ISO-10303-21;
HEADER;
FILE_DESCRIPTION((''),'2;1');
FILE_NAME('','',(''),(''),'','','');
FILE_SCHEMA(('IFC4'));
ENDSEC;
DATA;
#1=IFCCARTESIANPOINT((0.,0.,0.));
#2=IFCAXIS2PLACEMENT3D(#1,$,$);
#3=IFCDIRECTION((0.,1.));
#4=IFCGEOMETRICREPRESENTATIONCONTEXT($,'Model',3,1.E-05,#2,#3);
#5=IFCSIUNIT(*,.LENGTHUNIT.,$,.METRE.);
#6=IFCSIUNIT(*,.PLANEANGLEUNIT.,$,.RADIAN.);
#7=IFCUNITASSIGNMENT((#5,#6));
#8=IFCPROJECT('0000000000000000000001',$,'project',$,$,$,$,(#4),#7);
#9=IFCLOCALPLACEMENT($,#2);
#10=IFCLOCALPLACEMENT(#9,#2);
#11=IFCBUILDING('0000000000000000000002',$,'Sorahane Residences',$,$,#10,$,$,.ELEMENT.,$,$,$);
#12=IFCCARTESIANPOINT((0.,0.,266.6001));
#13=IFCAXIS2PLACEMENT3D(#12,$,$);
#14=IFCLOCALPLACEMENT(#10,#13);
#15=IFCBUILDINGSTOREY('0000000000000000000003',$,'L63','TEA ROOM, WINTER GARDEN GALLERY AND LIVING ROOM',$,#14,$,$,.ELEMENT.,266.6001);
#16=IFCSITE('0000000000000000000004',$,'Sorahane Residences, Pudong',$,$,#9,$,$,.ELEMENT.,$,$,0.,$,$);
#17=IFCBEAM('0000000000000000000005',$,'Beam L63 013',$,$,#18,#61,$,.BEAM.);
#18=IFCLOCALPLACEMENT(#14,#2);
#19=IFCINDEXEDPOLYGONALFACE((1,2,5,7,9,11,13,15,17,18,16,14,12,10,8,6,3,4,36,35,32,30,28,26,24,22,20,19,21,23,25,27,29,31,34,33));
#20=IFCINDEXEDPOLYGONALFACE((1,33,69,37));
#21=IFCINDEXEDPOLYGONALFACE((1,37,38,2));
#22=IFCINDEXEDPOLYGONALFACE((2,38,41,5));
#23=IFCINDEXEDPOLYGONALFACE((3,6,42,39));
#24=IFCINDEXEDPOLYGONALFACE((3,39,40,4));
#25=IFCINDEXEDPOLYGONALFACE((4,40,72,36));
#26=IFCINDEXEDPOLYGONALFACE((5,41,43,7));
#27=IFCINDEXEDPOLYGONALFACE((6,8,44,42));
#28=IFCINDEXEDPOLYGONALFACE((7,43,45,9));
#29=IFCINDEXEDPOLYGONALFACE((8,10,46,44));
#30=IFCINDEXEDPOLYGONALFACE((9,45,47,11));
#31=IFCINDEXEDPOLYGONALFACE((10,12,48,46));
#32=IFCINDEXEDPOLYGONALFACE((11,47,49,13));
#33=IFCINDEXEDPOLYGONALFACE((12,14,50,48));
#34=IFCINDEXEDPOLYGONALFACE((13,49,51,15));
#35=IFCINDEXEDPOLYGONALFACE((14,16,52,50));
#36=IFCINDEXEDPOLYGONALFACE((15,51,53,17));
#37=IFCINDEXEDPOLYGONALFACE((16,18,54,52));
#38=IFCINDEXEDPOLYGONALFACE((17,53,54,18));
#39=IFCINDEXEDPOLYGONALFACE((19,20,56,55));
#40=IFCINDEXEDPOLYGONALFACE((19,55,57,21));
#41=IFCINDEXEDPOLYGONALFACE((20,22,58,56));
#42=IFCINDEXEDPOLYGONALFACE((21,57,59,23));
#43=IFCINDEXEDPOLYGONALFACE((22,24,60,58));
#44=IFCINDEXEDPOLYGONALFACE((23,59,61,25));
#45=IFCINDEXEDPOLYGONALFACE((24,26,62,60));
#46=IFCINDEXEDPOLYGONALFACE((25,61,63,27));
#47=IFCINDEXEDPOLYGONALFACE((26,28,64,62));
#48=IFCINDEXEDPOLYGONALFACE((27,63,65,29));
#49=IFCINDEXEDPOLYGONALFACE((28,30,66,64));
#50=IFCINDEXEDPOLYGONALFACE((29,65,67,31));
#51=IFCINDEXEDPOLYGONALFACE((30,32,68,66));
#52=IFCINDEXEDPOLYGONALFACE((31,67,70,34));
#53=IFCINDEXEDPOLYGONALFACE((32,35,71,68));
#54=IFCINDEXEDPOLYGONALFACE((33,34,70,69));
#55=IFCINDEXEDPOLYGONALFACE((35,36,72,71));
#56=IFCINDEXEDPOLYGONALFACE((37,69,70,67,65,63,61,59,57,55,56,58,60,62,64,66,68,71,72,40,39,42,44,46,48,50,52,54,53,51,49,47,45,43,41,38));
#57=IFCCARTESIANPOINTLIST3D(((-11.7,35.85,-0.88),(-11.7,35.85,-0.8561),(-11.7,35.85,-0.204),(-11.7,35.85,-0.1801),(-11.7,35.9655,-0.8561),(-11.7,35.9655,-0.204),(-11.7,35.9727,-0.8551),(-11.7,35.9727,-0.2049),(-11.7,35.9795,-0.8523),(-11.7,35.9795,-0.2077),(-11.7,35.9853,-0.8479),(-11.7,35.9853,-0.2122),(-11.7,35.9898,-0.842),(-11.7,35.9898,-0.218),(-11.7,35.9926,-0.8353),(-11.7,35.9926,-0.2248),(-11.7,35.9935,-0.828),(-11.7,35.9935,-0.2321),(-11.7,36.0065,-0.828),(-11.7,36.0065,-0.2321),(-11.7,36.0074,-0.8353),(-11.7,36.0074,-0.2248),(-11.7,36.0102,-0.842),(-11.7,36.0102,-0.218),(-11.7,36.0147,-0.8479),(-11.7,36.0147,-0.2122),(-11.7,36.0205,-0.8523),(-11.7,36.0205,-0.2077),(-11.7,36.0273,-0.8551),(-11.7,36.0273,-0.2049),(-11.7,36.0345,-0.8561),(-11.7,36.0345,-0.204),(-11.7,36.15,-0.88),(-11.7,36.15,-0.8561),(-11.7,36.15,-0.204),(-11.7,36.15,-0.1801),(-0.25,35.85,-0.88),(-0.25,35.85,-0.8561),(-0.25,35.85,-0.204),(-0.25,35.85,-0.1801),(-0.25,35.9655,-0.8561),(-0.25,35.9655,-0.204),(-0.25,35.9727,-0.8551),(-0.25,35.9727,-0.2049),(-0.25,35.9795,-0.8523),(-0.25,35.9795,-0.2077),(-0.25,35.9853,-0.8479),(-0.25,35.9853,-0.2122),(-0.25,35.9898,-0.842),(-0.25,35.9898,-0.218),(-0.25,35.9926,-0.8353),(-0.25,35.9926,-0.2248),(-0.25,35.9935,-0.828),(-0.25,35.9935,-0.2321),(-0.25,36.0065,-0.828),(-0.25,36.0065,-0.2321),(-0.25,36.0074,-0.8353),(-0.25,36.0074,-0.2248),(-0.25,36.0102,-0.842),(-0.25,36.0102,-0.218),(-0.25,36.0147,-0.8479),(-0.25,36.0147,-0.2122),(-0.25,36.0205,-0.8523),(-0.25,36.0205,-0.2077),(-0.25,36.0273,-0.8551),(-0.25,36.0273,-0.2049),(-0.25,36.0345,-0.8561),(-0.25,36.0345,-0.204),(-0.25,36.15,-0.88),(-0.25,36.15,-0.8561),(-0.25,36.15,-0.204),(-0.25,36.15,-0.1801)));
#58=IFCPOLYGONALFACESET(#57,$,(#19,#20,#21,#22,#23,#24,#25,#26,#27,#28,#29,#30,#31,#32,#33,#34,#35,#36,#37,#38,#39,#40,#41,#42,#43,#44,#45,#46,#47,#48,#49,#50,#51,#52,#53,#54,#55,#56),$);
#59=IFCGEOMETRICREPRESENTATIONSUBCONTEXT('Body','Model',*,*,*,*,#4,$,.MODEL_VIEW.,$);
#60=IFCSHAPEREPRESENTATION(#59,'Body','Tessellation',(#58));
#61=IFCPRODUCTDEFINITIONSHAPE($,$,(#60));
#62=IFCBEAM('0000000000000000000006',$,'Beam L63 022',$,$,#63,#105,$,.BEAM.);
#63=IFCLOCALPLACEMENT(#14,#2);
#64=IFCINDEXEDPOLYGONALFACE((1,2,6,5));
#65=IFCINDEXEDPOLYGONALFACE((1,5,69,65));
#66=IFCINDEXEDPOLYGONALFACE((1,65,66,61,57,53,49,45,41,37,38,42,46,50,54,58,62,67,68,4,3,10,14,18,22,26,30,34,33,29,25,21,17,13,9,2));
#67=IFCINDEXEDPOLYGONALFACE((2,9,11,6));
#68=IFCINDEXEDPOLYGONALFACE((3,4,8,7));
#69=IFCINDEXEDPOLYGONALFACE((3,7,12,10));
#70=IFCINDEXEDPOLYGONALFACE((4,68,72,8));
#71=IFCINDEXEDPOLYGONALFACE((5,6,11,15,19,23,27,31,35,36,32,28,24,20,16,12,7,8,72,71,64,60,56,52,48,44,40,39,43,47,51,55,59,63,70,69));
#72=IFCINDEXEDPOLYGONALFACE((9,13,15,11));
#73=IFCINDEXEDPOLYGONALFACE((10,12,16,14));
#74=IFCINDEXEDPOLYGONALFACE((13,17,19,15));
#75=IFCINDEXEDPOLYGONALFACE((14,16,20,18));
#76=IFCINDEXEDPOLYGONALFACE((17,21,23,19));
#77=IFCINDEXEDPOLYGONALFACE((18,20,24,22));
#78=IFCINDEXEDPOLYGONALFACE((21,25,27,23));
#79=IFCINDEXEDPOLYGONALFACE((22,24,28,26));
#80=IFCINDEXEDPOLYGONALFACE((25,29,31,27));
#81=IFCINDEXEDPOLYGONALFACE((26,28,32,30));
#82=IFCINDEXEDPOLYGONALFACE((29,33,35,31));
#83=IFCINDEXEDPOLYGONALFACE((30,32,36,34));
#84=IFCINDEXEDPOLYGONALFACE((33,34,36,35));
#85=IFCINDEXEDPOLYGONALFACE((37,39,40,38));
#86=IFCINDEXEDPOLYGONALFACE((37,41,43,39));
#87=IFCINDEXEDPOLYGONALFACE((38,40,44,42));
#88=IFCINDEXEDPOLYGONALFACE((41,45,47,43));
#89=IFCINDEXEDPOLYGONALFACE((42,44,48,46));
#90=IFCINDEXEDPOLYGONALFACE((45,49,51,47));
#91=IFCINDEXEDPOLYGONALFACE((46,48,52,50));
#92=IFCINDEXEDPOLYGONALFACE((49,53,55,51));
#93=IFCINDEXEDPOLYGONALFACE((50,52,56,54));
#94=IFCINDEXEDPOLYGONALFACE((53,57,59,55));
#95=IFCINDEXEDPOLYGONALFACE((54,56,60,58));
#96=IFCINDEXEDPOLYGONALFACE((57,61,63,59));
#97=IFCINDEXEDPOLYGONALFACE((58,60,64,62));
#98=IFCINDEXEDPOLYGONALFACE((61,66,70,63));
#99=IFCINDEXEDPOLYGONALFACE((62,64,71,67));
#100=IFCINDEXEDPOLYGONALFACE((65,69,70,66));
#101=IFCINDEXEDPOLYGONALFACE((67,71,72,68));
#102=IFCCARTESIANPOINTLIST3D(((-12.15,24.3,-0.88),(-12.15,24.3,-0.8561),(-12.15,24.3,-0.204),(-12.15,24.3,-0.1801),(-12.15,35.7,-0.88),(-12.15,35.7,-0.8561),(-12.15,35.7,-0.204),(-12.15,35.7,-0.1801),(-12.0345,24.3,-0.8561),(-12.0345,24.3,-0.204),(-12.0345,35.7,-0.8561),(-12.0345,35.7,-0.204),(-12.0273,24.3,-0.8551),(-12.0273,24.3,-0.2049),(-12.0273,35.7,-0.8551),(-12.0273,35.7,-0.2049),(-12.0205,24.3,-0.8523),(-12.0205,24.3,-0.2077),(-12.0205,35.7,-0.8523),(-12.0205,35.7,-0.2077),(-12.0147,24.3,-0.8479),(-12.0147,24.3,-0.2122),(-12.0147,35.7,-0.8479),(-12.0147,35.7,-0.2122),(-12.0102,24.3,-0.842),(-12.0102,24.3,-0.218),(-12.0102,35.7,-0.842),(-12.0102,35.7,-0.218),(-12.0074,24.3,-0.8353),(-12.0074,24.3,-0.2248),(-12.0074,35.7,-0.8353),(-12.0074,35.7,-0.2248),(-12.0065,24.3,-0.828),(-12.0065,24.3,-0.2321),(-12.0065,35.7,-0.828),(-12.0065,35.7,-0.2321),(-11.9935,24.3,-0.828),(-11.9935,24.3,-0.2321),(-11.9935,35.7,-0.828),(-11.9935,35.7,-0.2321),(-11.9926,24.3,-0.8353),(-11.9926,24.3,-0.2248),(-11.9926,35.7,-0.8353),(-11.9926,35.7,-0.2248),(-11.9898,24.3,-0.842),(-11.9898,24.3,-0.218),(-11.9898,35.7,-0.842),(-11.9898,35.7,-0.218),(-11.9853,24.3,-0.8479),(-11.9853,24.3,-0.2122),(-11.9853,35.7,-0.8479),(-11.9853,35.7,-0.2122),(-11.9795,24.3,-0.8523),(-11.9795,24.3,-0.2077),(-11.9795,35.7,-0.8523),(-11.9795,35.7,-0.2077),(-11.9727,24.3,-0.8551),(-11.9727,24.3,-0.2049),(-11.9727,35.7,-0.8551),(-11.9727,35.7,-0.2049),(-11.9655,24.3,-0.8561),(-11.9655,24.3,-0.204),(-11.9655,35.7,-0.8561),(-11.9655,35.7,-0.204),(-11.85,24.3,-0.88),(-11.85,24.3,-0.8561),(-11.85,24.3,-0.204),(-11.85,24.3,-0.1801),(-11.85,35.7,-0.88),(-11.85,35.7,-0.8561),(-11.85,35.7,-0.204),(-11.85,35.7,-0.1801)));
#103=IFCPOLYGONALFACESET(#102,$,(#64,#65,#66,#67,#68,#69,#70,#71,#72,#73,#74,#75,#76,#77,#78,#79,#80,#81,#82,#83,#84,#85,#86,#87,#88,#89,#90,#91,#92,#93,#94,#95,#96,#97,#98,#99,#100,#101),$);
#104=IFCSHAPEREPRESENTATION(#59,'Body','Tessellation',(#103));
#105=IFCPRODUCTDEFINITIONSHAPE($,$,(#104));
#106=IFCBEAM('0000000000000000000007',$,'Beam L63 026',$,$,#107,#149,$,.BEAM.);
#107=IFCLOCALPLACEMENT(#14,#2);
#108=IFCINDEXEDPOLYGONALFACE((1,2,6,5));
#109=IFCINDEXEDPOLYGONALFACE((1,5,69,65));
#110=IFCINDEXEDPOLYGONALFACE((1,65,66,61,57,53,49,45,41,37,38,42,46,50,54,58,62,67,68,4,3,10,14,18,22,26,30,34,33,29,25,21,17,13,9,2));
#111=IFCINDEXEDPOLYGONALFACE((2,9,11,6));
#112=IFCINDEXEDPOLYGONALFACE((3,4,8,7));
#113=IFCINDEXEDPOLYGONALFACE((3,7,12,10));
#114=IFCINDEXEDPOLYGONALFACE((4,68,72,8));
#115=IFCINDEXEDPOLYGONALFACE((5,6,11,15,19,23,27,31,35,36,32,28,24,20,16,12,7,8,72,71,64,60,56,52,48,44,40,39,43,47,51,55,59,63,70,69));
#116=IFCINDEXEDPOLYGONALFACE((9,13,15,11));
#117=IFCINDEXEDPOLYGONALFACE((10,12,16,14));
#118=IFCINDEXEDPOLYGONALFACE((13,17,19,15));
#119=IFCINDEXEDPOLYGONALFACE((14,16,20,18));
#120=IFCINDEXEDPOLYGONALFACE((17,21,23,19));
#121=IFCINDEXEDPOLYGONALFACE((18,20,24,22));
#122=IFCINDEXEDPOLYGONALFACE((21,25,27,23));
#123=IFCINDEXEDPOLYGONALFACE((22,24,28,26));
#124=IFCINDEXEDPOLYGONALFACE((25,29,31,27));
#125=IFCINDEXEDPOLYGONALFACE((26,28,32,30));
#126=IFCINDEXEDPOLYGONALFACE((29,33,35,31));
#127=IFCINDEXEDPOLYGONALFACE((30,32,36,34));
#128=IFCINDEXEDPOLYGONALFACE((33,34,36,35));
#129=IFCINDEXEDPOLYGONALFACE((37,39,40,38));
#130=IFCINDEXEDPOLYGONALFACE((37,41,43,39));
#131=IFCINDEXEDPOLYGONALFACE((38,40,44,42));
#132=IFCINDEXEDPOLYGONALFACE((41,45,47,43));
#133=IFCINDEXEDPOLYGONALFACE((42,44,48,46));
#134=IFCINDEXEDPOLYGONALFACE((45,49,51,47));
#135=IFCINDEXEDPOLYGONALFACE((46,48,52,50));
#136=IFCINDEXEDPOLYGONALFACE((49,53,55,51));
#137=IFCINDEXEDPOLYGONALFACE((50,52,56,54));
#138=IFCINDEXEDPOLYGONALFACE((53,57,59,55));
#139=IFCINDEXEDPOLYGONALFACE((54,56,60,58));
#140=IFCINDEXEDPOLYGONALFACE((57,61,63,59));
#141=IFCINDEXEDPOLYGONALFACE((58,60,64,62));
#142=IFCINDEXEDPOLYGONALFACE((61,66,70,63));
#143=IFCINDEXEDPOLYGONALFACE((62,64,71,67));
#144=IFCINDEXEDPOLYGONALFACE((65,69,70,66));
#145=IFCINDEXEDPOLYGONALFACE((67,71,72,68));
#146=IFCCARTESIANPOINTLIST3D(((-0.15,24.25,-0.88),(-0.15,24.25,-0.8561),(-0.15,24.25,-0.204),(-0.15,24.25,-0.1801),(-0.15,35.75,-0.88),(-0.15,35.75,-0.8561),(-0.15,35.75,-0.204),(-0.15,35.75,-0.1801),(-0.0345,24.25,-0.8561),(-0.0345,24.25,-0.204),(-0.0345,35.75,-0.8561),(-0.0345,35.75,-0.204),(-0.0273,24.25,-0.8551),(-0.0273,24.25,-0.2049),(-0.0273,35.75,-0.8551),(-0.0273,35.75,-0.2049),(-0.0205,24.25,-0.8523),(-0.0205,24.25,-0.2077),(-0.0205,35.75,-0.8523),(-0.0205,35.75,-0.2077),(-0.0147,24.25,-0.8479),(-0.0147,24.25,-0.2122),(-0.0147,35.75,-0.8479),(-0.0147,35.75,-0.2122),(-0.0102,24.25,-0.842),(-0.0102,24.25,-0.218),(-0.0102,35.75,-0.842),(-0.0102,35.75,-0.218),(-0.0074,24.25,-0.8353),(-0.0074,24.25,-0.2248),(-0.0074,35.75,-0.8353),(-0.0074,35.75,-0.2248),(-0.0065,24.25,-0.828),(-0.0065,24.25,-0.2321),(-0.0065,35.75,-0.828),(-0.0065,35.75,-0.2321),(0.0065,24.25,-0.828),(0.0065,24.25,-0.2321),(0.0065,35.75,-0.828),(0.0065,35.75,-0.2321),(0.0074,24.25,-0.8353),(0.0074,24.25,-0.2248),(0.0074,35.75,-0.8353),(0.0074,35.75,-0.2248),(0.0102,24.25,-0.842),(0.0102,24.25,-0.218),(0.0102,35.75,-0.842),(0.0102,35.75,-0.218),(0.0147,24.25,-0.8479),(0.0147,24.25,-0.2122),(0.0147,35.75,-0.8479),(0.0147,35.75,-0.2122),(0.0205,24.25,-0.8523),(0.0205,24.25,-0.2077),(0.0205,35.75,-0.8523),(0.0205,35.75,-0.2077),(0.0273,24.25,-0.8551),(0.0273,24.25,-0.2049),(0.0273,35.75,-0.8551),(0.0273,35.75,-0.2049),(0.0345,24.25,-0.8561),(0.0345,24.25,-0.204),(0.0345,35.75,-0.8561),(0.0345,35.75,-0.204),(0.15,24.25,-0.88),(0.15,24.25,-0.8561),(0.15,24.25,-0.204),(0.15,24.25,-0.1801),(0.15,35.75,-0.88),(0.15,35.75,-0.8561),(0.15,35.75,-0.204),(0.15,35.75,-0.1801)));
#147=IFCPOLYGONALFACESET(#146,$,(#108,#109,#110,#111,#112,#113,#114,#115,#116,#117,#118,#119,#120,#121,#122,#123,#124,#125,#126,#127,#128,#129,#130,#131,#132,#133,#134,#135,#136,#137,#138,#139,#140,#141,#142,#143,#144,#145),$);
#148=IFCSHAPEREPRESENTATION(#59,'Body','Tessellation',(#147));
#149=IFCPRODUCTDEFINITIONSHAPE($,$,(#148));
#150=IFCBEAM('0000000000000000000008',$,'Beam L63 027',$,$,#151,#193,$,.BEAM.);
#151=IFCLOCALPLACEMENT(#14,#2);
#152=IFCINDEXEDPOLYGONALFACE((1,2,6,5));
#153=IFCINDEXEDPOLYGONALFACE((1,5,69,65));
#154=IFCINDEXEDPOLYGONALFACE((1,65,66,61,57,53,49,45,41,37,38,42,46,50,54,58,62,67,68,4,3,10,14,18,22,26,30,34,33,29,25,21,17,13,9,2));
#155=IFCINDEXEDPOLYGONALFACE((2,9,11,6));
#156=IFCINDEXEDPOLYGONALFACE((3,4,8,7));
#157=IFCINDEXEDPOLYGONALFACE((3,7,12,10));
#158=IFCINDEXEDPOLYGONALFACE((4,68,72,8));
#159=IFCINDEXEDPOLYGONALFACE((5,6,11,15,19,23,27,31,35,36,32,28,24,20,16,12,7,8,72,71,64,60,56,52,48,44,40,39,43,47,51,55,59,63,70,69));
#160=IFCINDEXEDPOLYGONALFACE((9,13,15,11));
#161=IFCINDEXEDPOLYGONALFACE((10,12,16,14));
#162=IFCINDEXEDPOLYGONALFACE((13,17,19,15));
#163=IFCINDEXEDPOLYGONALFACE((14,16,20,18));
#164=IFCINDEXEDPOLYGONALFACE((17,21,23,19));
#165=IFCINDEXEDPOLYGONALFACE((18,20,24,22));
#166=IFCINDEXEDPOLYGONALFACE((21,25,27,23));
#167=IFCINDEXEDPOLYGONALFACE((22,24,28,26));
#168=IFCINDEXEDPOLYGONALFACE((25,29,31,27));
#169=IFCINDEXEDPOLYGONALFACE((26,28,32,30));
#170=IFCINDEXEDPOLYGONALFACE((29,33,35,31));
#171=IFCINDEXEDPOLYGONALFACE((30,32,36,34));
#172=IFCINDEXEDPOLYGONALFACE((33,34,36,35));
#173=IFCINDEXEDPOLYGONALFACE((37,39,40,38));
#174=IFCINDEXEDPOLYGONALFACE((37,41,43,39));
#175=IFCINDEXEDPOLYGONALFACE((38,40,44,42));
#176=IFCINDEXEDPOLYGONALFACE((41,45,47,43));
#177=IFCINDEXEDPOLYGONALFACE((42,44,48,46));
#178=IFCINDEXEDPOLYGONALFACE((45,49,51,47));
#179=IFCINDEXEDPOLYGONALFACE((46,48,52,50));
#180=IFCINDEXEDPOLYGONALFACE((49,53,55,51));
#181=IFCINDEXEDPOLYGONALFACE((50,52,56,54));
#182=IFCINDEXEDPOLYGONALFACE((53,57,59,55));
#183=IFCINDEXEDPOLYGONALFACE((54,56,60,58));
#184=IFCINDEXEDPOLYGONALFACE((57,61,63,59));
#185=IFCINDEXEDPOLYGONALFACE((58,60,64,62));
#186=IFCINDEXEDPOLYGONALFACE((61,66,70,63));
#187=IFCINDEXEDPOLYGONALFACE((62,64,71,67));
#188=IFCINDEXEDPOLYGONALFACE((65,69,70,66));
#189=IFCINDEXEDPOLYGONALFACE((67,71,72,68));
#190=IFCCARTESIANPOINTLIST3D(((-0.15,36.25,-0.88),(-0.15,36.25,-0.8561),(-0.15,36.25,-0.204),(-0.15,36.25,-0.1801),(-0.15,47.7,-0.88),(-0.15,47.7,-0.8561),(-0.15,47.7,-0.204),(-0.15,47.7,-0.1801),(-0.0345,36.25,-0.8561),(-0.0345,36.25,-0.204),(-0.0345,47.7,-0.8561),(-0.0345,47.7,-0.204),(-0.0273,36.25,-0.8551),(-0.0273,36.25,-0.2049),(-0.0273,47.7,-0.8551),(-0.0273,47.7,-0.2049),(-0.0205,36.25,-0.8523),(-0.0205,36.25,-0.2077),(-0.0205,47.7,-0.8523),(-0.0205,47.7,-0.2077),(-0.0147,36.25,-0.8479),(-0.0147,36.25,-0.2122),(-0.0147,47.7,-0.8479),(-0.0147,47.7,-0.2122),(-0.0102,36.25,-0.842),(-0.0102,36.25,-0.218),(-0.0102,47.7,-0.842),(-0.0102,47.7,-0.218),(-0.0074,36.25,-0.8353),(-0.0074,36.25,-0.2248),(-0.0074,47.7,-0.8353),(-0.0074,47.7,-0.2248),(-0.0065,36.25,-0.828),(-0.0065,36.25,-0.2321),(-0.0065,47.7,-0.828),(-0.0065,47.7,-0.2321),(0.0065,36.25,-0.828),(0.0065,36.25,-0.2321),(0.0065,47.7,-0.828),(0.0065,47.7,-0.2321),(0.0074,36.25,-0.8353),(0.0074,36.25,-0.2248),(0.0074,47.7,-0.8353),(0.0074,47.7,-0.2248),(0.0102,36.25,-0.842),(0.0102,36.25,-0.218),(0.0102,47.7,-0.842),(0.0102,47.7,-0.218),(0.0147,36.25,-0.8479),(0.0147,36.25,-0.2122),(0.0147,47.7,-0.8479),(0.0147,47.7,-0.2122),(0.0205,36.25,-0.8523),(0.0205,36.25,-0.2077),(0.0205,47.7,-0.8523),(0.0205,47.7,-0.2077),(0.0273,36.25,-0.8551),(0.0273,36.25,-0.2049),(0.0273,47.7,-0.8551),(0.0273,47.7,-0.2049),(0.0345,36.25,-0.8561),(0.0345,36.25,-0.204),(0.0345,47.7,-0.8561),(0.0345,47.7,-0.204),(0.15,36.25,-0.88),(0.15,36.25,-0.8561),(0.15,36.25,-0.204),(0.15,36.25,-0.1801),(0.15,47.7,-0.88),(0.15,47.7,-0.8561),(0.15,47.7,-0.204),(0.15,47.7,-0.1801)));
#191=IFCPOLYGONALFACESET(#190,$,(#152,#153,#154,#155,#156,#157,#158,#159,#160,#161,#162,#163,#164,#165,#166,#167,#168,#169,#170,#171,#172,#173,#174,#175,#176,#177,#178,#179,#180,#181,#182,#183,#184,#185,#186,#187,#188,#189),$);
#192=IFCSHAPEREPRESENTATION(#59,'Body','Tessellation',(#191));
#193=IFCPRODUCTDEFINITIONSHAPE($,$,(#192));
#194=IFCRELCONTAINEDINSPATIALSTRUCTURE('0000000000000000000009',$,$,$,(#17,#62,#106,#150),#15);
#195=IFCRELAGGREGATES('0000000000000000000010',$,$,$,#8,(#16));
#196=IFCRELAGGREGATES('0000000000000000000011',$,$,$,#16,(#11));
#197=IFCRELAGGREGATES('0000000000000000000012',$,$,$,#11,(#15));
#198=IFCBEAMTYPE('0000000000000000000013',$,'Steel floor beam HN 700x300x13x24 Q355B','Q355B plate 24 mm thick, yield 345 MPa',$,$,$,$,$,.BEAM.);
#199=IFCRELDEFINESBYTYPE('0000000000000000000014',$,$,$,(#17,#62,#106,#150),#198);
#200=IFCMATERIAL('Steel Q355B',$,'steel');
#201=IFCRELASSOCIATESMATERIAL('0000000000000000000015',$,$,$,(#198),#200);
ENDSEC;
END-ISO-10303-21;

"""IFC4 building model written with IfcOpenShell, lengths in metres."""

from ifc_helpers import new_model, si_unit, direction, frame, origin, origin_2d, place, context, subcontext, project, spatial, i_section, extrude, material, material_profile, profile_set, type_object, element, save


model = new_model("IFC4")

# Units and contexts
model_context = context("Model", 3, precision=1e-05, world=origin(), true_north=direction((0.0, 1.0)))
body_context = subcontext(model_context, "Body", "Model", "MODEL_VIEW")
ifc_project = project(units=[si_unit("LENGTHUNIT", "METRE"), si_unit("PLANEANGLEUNIT", "RADIAN")], contexts=[model_context])

# Site, building, storey
site_placement = place(None, origin())
site = spatial("IfcSite", under=ifc_project, at=site_placement, Name="Sorahane Residences, Pudong", CompositionType="ELEMENT", RefElevation=0.0)
building_placement = place(site_placement, origin())
building = spatial("IfcBuilding", under=site, at=building_placement, Name="Sorahane Residences", CompositionType="ELEMENT")
storey_placement = place(building_placement, frame((0.0, 0.0, 266.6001)))
storey = spatial("IfcBuildingStorey", under=building, at=storey_placement, Name="L63", Description="TEA ROOM, WINTER GARDEN GALLERY AND LIVING ROOM", CompositionType="ELEMENT", Elevation=266.6001)

# Beams
ifc_material_1 = material(Name="Steel Q355B", Category="steel")
ifc_material_profile_1 = material_profile(ifc_material_1, i_section(OverallWidth=0.3, OverallDepth=0.7, WebThickness=0.0129, FlangeThickness=0.0239, FilletRadius=0.0281, at=origin_2d()), Name="HN 700x300x13x24")
ifc_profile_set_1 = profile_set([ifc_material_profile_1], Name="Steel Q355B")
beam_type_1 = type_object("IfcBeamType", Name="Steel floor beam HN 700x300x13x24 Q355B", Description="Q355B plate 24 mm thick, yield 345 MPa", PredefinedType="BEAM", material=ifc_profile_set_1)
beam_1_placement = place(storey_placement, frame((-11.7, 36.0, -0.53), z_axis=(1.0, 0.0, 0.0), x_axis=(0.0, 1.0, 0.0)))
element("IfcBeam", 1, at=beam_1_placement, inside=storey, type_object=beam_type_1, Name="Beam L63 013", PredefinedType="BEAM", context=body_context, shape_type="SweptSolid", body=[
    extrude(i_section(OverallWidth=0.3, OverallDepth=0.7, WebThickness=0.0129, FlangeThickness=0.0239, FilletRadius=0.0281, at=origin_2d()), origin(), (0.0, 0.0, 1.0), 11.45),
])
beam_2_placement = place(storey_placement, frame((-12.0, 24.3, -0.53), z_axis=(0.0, 1.0, 0.0), x_axis=(-1.0, 0.0, 0.0)))
element("IfcBeam", 2, at=beam_2_placement, inside=storey, type_object=beam_type_1, Name="Beam L63 022", PredefinedType="BEAM", context=body_context, shape_type="SweptSolid", body=[
    extrude(i_section(OverallWidth=0.3, OverallDepth=0.7, WebThickness=0.0129, FlangeThickness=0.0239, FilletRadius=0.0281, at=origin_2d()), origin(), (0.0, 0.0, 1.0), 11.3999),
])
beam_3_placement = place(storey_placement, frame((0.0, 24.25, -0.53), z_axis=(0.0, 1.0, 0.0), x_axis=(-1.0, 0.0, 0.0)))
element("IfcBeam", 3, at=beam_3_placement, inside=storey, type_object=beam_type_1, Name="Beam L63 026", PredefinedType="BEAM", context=body_context, shape_type="SweptSolid", body=[
    extrude(i_section(OverallWidth=0.3, OverallDepth=0.7, WebThickness=0.0129, FlangeThickness=0.0239, FilletRadius=0.0281, at=origin_2d()), origin(), (0.0, 0.0, 1.0), 11.5),
])
beam_4_placement = place(storey_placement, frame((0.0, 36.25, -0.53), z_axis=(0.0, 1.0, 0.0), x_axis=(-1.0, 0.0, 0.0)))
element("IfcBeam", 4, at=beam_4_placement, inside=storey, type_object=beam_type_1, Name="Beam L63 027", PredefinedType="BEAM", context=body_context, shape_type="SweptSolid", body=[
    extrude(i_section(OverallWidth=0.3, OverallDepth=0.7, WebThickness=0.0129, FlangeThickness=0.0239, FilletRadius=0.0281, at=origin_2d()), origin(), (0.0, 0.0, 1.0), 11.45),
])

save(model, "model.ifc")
